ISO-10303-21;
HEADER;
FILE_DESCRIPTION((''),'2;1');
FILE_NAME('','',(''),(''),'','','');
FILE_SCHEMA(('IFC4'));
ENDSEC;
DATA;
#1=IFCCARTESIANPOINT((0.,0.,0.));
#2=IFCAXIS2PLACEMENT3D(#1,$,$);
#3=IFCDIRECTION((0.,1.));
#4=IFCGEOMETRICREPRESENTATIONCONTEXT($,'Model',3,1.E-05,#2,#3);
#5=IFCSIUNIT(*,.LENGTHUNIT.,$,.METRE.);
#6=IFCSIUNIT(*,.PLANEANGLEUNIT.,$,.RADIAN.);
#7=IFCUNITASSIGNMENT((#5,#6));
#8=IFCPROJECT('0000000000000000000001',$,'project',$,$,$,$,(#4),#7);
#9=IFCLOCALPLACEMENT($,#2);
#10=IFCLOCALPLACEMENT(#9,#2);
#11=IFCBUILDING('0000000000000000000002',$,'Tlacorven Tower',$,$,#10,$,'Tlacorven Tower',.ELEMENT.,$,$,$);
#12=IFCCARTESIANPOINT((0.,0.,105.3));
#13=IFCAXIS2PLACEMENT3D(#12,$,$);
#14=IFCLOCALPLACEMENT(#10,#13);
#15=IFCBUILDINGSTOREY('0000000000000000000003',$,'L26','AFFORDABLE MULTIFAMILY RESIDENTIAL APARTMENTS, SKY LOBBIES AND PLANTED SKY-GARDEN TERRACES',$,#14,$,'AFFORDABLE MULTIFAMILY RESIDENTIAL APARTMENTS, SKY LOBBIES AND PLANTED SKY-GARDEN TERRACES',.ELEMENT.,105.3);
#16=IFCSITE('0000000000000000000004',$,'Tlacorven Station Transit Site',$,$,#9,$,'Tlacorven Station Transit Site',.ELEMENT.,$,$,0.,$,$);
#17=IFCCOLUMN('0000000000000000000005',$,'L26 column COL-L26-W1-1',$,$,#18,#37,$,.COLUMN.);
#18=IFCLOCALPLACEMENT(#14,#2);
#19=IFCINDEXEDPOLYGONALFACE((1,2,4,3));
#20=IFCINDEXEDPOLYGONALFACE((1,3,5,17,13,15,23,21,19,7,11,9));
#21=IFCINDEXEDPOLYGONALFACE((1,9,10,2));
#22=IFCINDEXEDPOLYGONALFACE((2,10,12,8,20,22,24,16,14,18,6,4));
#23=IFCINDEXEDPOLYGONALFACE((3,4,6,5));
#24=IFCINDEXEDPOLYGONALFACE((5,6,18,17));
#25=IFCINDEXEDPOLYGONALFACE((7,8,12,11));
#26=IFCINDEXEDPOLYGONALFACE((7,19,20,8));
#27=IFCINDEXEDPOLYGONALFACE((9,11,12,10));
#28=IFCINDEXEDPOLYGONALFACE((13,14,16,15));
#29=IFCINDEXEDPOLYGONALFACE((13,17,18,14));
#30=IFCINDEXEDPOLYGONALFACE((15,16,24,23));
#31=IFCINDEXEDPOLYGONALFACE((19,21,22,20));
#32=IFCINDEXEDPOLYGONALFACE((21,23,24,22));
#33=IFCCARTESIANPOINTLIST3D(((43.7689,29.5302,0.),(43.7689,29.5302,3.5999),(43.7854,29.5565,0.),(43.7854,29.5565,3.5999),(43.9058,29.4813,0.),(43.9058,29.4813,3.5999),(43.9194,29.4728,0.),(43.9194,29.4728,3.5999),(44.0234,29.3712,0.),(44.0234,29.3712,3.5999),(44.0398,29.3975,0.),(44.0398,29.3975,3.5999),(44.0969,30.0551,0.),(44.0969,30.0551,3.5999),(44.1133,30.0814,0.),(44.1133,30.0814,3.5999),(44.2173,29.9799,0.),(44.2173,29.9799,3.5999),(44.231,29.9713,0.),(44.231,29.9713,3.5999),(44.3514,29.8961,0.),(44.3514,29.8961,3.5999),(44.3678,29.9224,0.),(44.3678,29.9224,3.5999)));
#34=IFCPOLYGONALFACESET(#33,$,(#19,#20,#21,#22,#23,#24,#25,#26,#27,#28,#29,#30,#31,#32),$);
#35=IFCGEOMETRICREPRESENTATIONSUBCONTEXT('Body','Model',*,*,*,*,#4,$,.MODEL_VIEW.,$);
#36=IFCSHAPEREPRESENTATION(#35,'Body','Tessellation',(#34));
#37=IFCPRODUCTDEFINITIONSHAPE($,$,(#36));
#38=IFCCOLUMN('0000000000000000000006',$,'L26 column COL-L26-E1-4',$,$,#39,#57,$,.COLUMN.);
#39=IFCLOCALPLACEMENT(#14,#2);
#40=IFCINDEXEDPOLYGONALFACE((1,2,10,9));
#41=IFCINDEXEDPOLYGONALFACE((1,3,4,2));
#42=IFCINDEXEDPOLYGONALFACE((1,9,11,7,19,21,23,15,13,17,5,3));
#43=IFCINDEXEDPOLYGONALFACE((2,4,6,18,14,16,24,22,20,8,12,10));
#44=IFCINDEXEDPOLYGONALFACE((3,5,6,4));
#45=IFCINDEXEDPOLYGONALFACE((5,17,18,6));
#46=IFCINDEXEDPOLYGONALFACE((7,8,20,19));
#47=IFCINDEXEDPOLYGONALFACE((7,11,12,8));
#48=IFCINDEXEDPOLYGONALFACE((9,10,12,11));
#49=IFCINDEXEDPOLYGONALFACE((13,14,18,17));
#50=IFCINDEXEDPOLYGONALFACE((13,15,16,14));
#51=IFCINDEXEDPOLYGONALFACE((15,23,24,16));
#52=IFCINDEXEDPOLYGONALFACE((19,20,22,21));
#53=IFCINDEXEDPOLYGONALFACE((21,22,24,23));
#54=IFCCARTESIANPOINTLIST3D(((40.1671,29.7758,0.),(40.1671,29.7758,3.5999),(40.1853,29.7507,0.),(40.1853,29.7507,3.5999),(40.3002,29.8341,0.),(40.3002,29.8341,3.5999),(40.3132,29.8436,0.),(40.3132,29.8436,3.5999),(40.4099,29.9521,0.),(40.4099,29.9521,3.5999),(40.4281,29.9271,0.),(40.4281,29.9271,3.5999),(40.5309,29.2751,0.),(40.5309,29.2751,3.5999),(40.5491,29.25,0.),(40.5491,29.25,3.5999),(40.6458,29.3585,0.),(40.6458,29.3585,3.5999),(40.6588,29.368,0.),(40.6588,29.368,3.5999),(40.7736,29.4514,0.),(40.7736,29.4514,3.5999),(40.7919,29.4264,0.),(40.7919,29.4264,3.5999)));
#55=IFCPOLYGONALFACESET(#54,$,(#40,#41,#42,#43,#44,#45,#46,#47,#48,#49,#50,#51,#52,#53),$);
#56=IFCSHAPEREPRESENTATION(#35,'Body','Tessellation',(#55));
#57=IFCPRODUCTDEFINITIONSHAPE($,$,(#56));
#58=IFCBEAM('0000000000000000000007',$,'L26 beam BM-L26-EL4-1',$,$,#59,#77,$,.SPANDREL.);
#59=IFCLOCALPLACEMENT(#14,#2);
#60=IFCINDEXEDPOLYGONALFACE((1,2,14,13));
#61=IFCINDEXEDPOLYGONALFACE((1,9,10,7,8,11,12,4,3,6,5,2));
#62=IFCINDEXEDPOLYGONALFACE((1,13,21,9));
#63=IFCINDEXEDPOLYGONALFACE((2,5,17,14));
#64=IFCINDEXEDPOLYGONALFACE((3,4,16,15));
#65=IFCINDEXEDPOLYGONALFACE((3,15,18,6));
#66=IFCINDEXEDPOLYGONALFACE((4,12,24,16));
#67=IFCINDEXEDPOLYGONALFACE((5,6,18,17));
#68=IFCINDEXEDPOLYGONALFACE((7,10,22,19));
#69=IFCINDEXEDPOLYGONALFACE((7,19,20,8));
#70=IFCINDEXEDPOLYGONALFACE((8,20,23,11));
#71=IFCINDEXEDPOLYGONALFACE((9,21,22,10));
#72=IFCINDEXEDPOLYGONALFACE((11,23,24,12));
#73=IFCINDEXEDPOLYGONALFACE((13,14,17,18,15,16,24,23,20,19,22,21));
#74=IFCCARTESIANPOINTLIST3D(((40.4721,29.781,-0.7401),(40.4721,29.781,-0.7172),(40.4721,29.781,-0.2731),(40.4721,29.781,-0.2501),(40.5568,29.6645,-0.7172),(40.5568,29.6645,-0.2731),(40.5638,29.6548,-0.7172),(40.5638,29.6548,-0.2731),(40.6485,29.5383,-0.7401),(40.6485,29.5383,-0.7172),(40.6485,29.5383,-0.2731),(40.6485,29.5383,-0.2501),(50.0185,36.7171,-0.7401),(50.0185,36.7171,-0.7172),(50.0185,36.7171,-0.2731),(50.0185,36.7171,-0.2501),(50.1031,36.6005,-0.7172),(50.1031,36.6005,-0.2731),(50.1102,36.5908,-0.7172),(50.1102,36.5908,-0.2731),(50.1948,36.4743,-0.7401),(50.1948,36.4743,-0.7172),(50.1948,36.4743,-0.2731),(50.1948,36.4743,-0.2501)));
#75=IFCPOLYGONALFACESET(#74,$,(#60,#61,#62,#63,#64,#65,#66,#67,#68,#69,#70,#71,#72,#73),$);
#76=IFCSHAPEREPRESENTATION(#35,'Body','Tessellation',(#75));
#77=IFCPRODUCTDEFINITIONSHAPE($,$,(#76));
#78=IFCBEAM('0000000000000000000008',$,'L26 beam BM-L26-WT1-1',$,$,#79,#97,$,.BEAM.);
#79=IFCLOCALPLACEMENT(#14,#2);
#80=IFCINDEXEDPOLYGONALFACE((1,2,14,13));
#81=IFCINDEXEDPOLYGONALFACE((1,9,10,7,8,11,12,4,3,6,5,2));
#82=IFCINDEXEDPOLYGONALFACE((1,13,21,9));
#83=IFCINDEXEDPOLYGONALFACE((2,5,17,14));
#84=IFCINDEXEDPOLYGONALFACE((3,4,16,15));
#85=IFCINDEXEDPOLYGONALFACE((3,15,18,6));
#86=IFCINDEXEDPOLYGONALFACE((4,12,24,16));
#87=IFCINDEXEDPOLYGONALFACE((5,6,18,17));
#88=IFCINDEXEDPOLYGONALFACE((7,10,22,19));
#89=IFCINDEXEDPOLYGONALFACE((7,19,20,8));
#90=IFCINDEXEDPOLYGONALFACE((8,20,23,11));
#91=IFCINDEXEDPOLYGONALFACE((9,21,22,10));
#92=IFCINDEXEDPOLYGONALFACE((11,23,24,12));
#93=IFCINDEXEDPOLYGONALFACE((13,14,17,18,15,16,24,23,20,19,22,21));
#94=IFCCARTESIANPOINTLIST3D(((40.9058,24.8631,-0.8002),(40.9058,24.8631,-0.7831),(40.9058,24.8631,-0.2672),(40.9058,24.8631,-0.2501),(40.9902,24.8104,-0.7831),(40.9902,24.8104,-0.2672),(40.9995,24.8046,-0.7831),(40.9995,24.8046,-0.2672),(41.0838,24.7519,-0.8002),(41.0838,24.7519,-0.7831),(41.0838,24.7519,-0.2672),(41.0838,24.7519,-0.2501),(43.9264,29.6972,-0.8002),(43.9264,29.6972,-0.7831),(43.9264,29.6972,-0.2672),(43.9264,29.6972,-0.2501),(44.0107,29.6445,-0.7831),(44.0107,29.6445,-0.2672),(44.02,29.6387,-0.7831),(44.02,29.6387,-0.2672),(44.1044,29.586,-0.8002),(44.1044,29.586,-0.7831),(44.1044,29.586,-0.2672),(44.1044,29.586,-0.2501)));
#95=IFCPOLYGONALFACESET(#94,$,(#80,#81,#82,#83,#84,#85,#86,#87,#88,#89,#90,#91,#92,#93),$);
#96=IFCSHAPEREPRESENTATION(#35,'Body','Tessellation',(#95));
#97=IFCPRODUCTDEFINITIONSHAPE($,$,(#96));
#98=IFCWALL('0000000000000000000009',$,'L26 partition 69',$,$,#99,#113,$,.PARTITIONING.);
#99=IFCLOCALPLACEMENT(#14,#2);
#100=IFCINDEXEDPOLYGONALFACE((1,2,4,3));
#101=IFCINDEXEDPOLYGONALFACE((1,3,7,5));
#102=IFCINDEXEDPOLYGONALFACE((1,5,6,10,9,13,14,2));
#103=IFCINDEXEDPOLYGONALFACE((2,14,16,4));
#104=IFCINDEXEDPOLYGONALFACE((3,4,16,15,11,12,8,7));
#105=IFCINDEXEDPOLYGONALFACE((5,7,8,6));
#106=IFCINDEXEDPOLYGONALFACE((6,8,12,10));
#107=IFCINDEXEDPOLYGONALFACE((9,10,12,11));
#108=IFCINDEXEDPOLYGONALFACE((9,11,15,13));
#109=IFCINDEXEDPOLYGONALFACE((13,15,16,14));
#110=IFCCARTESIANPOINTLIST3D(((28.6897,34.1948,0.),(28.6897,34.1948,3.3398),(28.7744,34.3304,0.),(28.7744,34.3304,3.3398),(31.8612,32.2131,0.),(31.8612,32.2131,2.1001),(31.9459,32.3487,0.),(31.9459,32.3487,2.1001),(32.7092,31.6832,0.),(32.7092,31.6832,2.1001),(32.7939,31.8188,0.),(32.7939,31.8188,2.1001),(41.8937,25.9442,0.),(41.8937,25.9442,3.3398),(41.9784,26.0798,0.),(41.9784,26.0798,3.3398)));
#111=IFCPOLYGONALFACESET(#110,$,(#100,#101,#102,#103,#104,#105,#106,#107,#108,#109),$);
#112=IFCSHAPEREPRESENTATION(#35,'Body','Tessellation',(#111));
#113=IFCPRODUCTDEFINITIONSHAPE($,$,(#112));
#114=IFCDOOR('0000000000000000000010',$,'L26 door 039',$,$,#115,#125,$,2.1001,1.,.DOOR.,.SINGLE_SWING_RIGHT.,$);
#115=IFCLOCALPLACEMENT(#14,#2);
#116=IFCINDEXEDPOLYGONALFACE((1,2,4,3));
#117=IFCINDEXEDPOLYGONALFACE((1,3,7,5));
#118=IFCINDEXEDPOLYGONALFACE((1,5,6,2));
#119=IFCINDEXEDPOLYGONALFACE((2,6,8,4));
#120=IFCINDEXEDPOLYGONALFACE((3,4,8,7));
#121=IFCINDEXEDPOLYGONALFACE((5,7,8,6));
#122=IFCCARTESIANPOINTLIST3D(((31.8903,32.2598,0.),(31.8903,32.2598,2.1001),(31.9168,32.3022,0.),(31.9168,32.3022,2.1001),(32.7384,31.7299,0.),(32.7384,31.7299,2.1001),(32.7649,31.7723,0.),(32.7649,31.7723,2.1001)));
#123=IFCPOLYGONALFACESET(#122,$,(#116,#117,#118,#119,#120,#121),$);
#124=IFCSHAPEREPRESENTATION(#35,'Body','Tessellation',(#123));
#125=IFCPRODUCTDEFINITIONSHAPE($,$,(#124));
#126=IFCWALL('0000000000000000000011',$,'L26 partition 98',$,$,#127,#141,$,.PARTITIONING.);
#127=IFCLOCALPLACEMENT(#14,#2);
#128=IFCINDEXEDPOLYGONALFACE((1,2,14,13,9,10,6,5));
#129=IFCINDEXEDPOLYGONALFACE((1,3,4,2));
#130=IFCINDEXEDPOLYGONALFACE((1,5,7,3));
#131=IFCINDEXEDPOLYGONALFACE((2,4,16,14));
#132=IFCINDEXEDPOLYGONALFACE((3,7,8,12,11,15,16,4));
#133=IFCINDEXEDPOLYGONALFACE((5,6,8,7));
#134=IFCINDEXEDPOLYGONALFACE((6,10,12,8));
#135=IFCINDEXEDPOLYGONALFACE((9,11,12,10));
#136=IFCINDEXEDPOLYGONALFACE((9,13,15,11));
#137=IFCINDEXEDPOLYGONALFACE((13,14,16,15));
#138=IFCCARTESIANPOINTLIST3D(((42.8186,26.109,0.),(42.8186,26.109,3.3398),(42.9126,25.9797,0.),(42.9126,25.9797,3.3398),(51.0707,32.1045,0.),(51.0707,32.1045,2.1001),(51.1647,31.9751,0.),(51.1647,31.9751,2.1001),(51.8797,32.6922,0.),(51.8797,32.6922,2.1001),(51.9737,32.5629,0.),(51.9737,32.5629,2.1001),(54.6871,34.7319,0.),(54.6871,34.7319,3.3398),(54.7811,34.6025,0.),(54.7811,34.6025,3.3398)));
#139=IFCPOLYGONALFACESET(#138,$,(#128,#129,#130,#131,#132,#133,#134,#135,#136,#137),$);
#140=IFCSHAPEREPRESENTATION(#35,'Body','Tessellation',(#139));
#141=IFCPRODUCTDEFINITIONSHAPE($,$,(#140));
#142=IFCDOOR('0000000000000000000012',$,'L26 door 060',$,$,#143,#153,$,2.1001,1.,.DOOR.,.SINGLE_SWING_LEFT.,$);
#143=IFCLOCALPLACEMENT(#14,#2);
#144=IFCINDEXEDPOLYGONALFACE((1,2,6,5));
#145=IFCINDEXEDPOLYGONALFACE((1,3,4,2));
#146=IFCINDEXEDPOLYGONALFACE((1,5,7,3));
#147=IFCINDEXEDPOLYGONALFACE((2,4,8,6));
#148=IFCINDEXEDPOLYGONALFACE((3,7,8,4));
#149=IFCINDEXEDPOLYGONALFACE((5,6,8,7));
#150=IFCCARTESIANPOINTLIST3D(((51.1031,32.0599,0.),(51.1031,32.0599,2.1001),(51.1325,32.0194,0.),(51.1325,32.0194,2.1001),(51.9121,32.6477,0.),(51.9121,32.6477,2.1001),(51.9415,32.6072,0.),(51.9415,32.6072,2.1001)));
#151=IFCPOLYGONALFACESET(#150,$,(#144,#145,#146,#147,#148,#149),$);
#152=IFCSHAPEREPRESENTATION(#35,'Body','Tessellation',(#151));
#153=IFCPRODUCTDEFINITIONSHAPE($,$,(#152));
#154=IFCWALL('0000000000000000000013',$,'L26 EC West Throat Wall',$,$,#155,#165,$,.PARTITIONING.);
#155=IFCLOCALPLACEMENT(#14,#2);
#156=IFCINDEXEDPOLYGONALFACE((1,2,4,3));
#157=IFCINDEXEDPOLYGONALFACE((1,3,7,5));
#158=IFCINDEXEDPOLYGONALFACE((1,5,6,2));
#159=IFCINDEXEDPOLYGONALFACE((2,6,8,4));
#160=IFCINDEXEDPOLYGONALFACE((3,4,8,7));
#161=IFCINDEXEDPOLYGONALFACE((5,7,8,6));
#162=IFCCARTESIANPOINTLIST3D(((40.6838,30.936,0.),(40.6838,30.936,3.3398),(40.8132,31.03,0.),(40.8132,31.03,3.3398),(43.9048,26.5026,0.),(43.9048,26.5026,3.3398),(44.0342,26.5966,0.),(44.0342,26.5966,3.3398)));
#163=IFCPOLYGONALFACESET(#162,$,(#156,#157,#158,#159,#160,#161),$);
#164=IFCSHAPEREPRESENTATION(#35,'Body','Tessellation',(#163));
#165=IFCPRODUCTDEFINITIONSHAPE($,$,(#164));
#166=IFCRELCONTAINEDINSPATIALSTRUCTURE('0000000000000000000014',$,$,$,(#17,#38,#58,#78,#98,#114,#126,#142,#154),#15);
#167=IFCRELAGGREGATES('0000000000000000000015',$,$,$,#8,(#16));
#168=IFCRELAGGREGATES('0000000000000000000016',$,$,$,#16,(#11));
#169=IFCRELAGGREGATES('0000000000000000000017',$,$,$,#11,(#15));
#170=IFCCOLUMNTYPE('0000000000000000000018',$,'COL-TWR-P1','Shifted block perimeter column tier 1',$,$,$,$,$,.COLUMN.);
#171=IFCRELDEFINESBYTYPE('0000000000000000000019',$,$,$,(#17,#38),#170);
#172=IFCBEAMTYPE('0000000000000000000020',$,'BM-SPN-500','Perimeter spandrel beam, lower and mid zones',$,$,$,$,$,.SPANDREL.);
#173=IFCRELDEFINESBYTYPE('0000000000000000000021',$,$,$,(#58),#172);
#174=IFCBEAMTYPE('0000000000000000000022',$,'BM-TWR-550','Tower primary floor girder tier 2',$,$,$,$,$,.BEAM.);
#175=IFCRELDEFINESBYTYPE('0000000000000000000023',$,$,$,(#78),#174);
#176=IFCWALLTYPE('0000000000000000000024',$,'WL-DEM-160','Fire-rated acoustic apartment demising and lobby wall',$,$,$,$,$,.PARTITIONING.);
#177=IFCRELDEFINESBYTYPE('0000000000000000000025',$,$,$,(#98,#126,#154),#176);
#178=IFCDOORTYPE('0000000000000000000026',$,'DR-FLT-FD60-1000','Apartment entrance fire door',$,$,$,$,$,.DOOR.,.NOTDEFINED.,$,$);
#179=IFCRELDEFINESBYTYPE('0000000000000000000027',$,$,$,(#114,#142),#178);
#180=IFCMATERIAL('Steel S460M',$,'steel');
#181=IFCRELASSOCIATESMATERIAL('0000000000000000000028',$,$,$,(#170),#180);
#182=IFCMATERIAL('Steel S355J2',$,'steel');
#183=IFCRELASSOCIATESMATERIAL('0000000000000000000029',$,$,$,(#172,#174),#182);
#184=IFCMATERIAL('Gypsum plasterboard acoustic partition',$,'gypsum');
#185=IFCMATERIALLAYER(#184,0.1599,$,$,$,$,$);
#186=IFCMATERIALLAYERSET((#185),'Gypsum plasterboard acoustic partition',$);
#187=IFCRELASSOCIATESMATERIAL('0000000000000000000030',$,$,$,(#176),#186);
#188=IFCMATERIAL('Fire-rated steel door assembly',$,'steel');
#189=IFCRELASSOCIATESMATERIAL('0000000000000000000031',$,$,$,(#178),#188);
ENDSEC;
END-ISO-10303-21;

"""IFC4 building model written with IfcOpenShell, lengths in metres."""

from ifc_helpers import new_model, si_unit, direction, frame, frame_2d, origin, origin_2d, place, context, subcontext, project, spatial, rectangle, i_section, extrude, source, transform, mapped, material, layer, layer_set, material_profile, profile_set, type_object, element, fill, save


model = new_model("IFC4")

# Units and contexts
model_context = context("Model", 3, precision=1e-05, world=origin(), true_north=direction((0.0, 1.0)))
body_context = subcontext(model_context, "Body", "Model", "MODEL_VIEW")
ifc_project = project(units=[si_unit("LENGTHUNIT", "METRE"), si_unit("PLANEANGLEUNIT", "RADIAN")], contexts=[model_context])

# Site, building, storey
site_placement = place(None, origin())
site = spatial("IfcSite", under=ifc_project, at=site_placement, Name="Tlacorven Station Transit Site", LongName="Tlacorven Station Transit Site", CompositionType="ELEMENT", RefElevation=0.0)
building_placement = place(site_placement, origin())
building = spatial("IfcBuilding", under=site, at=building_placement, Name="Tlacorven Tower", LongName="Tlacorven Tower", CompositionType="ELEMENT")
storey_placement = place(building_placement, frame((0.0, 0.0, 105.3)))
storey = spatial("IfcBuildingStorey", under=building, at=storey_placement, Name="L26", Description="AFFORDABLE MULTIFAMILY RESIDENTIAL APARTMENTS, SKY LOBBIES AND PLANTED SKY-GARDEN TERRACES", LongName="AFFORDABLE MULTIFAMILY RESIDENTIAL APARTMENTS, SKY LOBBIES AND PLANTED SKY-GARDEN TERRACES", CompositionType="ELEMENT", Elevation=105.3)

# Columns
ifc_material_1 = material(Name="Steel S460M", Category="steel")
ifc_material_profile_1 = material_profile(ifc_material_1, i_section(OverallWidth=0.3, OverallDepth=0.6499, WebThickness=0.0161, FlangeThickness=0.031, at=origin_2d()), Name="HEB 650")
ifc_profile_set_1 = profile_set([ifc_material_profile_1], Name="Steel S460M")
column_type = type_object("IfcColumnType", Name="COL-TWR-P1", Description="Shifted block perimeter column tier 1", PredefinedType="COLUMN", material=ifc_profile_set_1)
shared_shape_1 = source(origin(), body_context, "Body", "SweptSolid", [
    extrude(i_section(OverallWidth=0.3, OverallDepth=0.6499, WebThickness=0.0161, FlangeThickness=0.031, at=origin_2d()), origin(), (0.0, 0.0, 1.0), 3.5999),
])
for number, where, z_axis, x_axis, name in (
    (1, (44.0684, 29.7263, 0.0), (0.0, 0.0, 1.0), (-0.848048, 0.529919, 0.0), "L26 column COL-L26-W1-1"),
    (2, (40.4795, 29.6011, 0.0), (0.0, 0.0, 1.0), (0.809017, 0.587785, 0.0), "L26 column COL-L26-E1-4"),
):
    element("IfcColumn", number, at=place(storey_placement, frame(where, z_axis=z_axis, x_axis=x_axis)), inside=storey, type_object=column_type, Name=name, PredefinedType="COLUMN", context=body_context, shape_type="MappedRepresentation", body=[
        mapped(shared_shape_1, transform((0.0, 0.0, 0.0), scale=1.0)),
    ])

# Beams
ifc_material_2 = material(Name="Steel S355J2", Category="steel")
ifc_material_profile_2 = material_profile(ifc_material_2, i_section(OverallWidth=0.3, OverallDepth=0.49, WebThickness=0.012, FlangeThickness=0.0229, at=origin_2d()), Name="HEA 500")
ifc_profile_set_2 = profile_set([ifc_material_profile_2], Name="Steel S355J2")
beam_type_1 = type_object("IfcBeamType", Name="BM-SPN-500", Description="Perimeter spandrel beam, lower and mid zones", PredefinedType="SPANDREL", material=ifc_profile_set_2)
shared_shape_2 = source(origin(), body_context, "Body", "SweptSolid", [
    extrude(i_section(OverallWidth=0.3, OverallDepth=0.49, WebThickness=0.012, FlangeThickness=0.0229, at=origin_2d()), origin(), (0.0, 0.0, 1.0), 11.8),
])
beam_1_placement = place(storey_placement, frame((40.5603, 29.6597, -0.4951), z_axis=(0.80901, 0.587795, 0.0), x_axis=(-0.587795, 0.80901, 0.0)))
element("IfcBeam", 3, at=beam_1_placement, inside=storey, type_object=beam_type_1, Name="L26 beam BM-L26-EL4-1", PredefinedType="SPANDREL", context=body_context, shape_type="MappedRepresentation", body=[
    mapped(shared_shape_2, transform((0.0, 0.0, 0.0), scale=1.0)),
])
ifc_material_profile_3 = material_profile(ifc_material_2, i_section(OverallWidth=0.21, OverallDepth=0.55, WebThickness=0.011, FlangeThickness=0.0171, at=origin_2d()), Name="IPE 550")
ifc_profile_set_3 = profile_set([ifc_material_profile_3], Name="Steel S355J2")
beam_type_2 = type_object("IfcBeamType", Name="BM-TWR-550", Description="Tower primary floor girder tier 2", PredefinedType="BEAM", material=ifc_profile_set_3)
shared_shape_3 = source(origin(), body_context, "Body", "SweptSolid", [
    extrude(i_section(OverallWidth=0.21, OverallDepth=0.55, WebThickness=0.011, FlangeThickness=0.0171, at=origin_2d()), origin(), (0.0, 0.0, 1.0), 5.7002),
])
beam_2_placement = place(storey_placement, frame((44.0154, 29.6416, -0.5251), z_axis=(-0.529907, -0.848056, 0.0), x_axis=(0.848056, -0.529907, 0.0)))
element("IfcBeam", 4, at=beam_2_placement, inside=storey, type_object=beam_type_2, Name="L26 beam BM-L26-WT1-1", PredefinedType="BEAM", context=body_context, shape_type="MappedRepresentation", body=[
    mapped(shared_shape_3, transform((0.0, 0.0, 0.0), scale=1.0)),
])

# Walls, openings, doors
ifc_material_3 = material(Name="Gypsum plasterboard acoustic partition", Category="gypsum")
ifc_layer_1 = layer(ifc_material_3, 0.1599)
ifc_layer_set_1 = layer_set([ifc_layer_1], Name="Gypsum plasterboard acoustic partition")
wall_type_1 = type_object("IfcWallType", Name="WL-DEM-160", Description="Fire-rated acoustic apartment demising and lobby wall", PredefinedType="PARTITIONING", material=ifc_layer_set_1)
wall_1_placement = place(storey_placement, frame((41.936, 26.012, 0.0), z_axis=(0.0, 0.0, 1.0), x_axis=(-0.848051, 0.529914, 0.0)))
wall_1 = element("IfcWall", 5, at=wall_1_placement, inside=storey, type_object=wall_type_1, Name="L26 partition 69", PredefinedType="PARTITIONING", context=body_context, shape_type="SweptSolid", body=[
    extrude(rectangle(XDim=15.5698, YDim=0.1599, at=frame_2d((7.7849, 0.0))), origin(), (0.0, 0.0, 1.0), 3.3398),
])
opening_1_placement = place(wall_1_placement, frame((10.8301, 0.0, 0.0)))
opening_1 = element("IfcOpeningElement", 6, at=opening_1_placement, cuts=wall_1, PredefinedType="OPENING", context=body_context, shape_type="SweptSolid", body=[
    extrude(rectangle(XDim=1.0, YDim=2.1001, at=frame_2d((0.5, 1.05))), frame((0.0, 0.0898, 0.0), z_axis=(0.0, -1.0, 0.0), x_axis=(1.0, 0.0, 0.0)), (0.0, 0.0, 1.0), 0.1799),
])
ifc_material_4 = material(Name="Fire-rated steel door assembly", Category="steel")
door_type_1 = type_object("IfcDoorType", Name="DR-FLT-FD60-1000", Description="Apartment entrance fire door", OperationType="NOTDEFINED", PredefinedType="DOOR", material=ifc_material_4)
shared_shape_4 = source(origin(), body_context, "Body", "SweptSolid", [
    extrude(rectangle(XDim=1.0, YDim=2.1001, at=frame_2d((0.5, 1.05))), frame((0.0, 0.0249, 0.0), z_axis=(0.0, -1.0, 0.0), x_axis=(1.0, 0.0, 0.0)), (0.0, 0.0, 1.0), 0.05),
])
door_1_placement = place(opening_1_placement, origin())
door_1 = element("IfcDoor", 7, at=door_1_placement, inside=storey, type_object=door_type_1, Name="L26 door 039", OperationType="SINGLE_SWING_RIGHT", OverallHeight=2.1001, OverallWidth=1.0, PredefinedType="DOOR", context=body_context, shape_type="MappedRepresentation", body=[
    mapped(shared_shape_4, transform((0.0, 0.0, 0.0), scale=1.0)),
])
fill(opening_1, door_1)
wall_2_placement = place(storey_placement, frame((42.8657, 26.0444, 0.0), z_axis=(0.0, 0.0, 1.0), x_axis=(0.80902, 0.587781, 0.0)))
wall_2 = element("IfcWall", 8, at=wall_2_placement, inside=storey, type_object=wall_type_1, Name="L26 partition 98", PredefinedType="PARTITIONING", context=body_context, shape_type="SweptSolid", body=[
    extrude(rectangle(XDim=14.6702, YDim=0.1599, at=frame_2d((7.335, 0.0))), origin(), (0.0, 0.0, 1.0), 3.3398),
])
opening_2_placement = place(wall_2_placement, frame((10.2, 0.0, 0.0)))
opening_2 = element("IfcOpeningElement", 9, at=opening_2_placement, cuts=wall_2, PredefinedType="OPENING", context=body_context, shape_type="SweptSolid", body=[
    extrude(rectangle(XDim=1.0, YDim=2.1001, at=frame_2d((0.5, 1.05))), frame((0.0, 0.0898, 0.0), z_axis=(0.0, -1.0, 0.0), x_axis=(1.0, 0.0, 0.0)), (0.0, 0.0, 1.0), 0.1799),
])
door_2_placement = place(opening_2_placement, origin())
door_2 = element("IfcDoor", 10, at=door_2_placement, inside=storey, type_object=door_type_1, Name="L26 door 060", OperationType="SINGLE_SWING_LEFT", OverallHeight=2.1001, OverallWidth=1.0, PredefinedType="DOOR", context=body_context, shape_type="MappedRepresentation", body=[
    mapped(shared_shape_4, transform((0.0, 0.0, 0.0), scale=1.0)),
])
fill(opening_2, door_2)

# Wall
wall_3_placement = place(storey_placement, frame((43.9695, 26.5496, 0.0), z_axis=(0.0, 0.0, 1.0), x_axis=(-0.587777, 0.809023, 0.0)))
element("IfcWall", 11, at=wall_3_placement, inside=storey, type_object=wall_type_1, Name="L26 EC West Throat Wall", PredefinedType="PARTITIONING", context=body_context, shape_type="SweptSolid", body=[
    extrude(rectangle(XDim=5.48, YDim=0.1599, at=frame_2d((2.74, 0.0))), origin(), (0.0, 0.0, 1.0), 3.3398),
])

save(model, "model.ifc")
